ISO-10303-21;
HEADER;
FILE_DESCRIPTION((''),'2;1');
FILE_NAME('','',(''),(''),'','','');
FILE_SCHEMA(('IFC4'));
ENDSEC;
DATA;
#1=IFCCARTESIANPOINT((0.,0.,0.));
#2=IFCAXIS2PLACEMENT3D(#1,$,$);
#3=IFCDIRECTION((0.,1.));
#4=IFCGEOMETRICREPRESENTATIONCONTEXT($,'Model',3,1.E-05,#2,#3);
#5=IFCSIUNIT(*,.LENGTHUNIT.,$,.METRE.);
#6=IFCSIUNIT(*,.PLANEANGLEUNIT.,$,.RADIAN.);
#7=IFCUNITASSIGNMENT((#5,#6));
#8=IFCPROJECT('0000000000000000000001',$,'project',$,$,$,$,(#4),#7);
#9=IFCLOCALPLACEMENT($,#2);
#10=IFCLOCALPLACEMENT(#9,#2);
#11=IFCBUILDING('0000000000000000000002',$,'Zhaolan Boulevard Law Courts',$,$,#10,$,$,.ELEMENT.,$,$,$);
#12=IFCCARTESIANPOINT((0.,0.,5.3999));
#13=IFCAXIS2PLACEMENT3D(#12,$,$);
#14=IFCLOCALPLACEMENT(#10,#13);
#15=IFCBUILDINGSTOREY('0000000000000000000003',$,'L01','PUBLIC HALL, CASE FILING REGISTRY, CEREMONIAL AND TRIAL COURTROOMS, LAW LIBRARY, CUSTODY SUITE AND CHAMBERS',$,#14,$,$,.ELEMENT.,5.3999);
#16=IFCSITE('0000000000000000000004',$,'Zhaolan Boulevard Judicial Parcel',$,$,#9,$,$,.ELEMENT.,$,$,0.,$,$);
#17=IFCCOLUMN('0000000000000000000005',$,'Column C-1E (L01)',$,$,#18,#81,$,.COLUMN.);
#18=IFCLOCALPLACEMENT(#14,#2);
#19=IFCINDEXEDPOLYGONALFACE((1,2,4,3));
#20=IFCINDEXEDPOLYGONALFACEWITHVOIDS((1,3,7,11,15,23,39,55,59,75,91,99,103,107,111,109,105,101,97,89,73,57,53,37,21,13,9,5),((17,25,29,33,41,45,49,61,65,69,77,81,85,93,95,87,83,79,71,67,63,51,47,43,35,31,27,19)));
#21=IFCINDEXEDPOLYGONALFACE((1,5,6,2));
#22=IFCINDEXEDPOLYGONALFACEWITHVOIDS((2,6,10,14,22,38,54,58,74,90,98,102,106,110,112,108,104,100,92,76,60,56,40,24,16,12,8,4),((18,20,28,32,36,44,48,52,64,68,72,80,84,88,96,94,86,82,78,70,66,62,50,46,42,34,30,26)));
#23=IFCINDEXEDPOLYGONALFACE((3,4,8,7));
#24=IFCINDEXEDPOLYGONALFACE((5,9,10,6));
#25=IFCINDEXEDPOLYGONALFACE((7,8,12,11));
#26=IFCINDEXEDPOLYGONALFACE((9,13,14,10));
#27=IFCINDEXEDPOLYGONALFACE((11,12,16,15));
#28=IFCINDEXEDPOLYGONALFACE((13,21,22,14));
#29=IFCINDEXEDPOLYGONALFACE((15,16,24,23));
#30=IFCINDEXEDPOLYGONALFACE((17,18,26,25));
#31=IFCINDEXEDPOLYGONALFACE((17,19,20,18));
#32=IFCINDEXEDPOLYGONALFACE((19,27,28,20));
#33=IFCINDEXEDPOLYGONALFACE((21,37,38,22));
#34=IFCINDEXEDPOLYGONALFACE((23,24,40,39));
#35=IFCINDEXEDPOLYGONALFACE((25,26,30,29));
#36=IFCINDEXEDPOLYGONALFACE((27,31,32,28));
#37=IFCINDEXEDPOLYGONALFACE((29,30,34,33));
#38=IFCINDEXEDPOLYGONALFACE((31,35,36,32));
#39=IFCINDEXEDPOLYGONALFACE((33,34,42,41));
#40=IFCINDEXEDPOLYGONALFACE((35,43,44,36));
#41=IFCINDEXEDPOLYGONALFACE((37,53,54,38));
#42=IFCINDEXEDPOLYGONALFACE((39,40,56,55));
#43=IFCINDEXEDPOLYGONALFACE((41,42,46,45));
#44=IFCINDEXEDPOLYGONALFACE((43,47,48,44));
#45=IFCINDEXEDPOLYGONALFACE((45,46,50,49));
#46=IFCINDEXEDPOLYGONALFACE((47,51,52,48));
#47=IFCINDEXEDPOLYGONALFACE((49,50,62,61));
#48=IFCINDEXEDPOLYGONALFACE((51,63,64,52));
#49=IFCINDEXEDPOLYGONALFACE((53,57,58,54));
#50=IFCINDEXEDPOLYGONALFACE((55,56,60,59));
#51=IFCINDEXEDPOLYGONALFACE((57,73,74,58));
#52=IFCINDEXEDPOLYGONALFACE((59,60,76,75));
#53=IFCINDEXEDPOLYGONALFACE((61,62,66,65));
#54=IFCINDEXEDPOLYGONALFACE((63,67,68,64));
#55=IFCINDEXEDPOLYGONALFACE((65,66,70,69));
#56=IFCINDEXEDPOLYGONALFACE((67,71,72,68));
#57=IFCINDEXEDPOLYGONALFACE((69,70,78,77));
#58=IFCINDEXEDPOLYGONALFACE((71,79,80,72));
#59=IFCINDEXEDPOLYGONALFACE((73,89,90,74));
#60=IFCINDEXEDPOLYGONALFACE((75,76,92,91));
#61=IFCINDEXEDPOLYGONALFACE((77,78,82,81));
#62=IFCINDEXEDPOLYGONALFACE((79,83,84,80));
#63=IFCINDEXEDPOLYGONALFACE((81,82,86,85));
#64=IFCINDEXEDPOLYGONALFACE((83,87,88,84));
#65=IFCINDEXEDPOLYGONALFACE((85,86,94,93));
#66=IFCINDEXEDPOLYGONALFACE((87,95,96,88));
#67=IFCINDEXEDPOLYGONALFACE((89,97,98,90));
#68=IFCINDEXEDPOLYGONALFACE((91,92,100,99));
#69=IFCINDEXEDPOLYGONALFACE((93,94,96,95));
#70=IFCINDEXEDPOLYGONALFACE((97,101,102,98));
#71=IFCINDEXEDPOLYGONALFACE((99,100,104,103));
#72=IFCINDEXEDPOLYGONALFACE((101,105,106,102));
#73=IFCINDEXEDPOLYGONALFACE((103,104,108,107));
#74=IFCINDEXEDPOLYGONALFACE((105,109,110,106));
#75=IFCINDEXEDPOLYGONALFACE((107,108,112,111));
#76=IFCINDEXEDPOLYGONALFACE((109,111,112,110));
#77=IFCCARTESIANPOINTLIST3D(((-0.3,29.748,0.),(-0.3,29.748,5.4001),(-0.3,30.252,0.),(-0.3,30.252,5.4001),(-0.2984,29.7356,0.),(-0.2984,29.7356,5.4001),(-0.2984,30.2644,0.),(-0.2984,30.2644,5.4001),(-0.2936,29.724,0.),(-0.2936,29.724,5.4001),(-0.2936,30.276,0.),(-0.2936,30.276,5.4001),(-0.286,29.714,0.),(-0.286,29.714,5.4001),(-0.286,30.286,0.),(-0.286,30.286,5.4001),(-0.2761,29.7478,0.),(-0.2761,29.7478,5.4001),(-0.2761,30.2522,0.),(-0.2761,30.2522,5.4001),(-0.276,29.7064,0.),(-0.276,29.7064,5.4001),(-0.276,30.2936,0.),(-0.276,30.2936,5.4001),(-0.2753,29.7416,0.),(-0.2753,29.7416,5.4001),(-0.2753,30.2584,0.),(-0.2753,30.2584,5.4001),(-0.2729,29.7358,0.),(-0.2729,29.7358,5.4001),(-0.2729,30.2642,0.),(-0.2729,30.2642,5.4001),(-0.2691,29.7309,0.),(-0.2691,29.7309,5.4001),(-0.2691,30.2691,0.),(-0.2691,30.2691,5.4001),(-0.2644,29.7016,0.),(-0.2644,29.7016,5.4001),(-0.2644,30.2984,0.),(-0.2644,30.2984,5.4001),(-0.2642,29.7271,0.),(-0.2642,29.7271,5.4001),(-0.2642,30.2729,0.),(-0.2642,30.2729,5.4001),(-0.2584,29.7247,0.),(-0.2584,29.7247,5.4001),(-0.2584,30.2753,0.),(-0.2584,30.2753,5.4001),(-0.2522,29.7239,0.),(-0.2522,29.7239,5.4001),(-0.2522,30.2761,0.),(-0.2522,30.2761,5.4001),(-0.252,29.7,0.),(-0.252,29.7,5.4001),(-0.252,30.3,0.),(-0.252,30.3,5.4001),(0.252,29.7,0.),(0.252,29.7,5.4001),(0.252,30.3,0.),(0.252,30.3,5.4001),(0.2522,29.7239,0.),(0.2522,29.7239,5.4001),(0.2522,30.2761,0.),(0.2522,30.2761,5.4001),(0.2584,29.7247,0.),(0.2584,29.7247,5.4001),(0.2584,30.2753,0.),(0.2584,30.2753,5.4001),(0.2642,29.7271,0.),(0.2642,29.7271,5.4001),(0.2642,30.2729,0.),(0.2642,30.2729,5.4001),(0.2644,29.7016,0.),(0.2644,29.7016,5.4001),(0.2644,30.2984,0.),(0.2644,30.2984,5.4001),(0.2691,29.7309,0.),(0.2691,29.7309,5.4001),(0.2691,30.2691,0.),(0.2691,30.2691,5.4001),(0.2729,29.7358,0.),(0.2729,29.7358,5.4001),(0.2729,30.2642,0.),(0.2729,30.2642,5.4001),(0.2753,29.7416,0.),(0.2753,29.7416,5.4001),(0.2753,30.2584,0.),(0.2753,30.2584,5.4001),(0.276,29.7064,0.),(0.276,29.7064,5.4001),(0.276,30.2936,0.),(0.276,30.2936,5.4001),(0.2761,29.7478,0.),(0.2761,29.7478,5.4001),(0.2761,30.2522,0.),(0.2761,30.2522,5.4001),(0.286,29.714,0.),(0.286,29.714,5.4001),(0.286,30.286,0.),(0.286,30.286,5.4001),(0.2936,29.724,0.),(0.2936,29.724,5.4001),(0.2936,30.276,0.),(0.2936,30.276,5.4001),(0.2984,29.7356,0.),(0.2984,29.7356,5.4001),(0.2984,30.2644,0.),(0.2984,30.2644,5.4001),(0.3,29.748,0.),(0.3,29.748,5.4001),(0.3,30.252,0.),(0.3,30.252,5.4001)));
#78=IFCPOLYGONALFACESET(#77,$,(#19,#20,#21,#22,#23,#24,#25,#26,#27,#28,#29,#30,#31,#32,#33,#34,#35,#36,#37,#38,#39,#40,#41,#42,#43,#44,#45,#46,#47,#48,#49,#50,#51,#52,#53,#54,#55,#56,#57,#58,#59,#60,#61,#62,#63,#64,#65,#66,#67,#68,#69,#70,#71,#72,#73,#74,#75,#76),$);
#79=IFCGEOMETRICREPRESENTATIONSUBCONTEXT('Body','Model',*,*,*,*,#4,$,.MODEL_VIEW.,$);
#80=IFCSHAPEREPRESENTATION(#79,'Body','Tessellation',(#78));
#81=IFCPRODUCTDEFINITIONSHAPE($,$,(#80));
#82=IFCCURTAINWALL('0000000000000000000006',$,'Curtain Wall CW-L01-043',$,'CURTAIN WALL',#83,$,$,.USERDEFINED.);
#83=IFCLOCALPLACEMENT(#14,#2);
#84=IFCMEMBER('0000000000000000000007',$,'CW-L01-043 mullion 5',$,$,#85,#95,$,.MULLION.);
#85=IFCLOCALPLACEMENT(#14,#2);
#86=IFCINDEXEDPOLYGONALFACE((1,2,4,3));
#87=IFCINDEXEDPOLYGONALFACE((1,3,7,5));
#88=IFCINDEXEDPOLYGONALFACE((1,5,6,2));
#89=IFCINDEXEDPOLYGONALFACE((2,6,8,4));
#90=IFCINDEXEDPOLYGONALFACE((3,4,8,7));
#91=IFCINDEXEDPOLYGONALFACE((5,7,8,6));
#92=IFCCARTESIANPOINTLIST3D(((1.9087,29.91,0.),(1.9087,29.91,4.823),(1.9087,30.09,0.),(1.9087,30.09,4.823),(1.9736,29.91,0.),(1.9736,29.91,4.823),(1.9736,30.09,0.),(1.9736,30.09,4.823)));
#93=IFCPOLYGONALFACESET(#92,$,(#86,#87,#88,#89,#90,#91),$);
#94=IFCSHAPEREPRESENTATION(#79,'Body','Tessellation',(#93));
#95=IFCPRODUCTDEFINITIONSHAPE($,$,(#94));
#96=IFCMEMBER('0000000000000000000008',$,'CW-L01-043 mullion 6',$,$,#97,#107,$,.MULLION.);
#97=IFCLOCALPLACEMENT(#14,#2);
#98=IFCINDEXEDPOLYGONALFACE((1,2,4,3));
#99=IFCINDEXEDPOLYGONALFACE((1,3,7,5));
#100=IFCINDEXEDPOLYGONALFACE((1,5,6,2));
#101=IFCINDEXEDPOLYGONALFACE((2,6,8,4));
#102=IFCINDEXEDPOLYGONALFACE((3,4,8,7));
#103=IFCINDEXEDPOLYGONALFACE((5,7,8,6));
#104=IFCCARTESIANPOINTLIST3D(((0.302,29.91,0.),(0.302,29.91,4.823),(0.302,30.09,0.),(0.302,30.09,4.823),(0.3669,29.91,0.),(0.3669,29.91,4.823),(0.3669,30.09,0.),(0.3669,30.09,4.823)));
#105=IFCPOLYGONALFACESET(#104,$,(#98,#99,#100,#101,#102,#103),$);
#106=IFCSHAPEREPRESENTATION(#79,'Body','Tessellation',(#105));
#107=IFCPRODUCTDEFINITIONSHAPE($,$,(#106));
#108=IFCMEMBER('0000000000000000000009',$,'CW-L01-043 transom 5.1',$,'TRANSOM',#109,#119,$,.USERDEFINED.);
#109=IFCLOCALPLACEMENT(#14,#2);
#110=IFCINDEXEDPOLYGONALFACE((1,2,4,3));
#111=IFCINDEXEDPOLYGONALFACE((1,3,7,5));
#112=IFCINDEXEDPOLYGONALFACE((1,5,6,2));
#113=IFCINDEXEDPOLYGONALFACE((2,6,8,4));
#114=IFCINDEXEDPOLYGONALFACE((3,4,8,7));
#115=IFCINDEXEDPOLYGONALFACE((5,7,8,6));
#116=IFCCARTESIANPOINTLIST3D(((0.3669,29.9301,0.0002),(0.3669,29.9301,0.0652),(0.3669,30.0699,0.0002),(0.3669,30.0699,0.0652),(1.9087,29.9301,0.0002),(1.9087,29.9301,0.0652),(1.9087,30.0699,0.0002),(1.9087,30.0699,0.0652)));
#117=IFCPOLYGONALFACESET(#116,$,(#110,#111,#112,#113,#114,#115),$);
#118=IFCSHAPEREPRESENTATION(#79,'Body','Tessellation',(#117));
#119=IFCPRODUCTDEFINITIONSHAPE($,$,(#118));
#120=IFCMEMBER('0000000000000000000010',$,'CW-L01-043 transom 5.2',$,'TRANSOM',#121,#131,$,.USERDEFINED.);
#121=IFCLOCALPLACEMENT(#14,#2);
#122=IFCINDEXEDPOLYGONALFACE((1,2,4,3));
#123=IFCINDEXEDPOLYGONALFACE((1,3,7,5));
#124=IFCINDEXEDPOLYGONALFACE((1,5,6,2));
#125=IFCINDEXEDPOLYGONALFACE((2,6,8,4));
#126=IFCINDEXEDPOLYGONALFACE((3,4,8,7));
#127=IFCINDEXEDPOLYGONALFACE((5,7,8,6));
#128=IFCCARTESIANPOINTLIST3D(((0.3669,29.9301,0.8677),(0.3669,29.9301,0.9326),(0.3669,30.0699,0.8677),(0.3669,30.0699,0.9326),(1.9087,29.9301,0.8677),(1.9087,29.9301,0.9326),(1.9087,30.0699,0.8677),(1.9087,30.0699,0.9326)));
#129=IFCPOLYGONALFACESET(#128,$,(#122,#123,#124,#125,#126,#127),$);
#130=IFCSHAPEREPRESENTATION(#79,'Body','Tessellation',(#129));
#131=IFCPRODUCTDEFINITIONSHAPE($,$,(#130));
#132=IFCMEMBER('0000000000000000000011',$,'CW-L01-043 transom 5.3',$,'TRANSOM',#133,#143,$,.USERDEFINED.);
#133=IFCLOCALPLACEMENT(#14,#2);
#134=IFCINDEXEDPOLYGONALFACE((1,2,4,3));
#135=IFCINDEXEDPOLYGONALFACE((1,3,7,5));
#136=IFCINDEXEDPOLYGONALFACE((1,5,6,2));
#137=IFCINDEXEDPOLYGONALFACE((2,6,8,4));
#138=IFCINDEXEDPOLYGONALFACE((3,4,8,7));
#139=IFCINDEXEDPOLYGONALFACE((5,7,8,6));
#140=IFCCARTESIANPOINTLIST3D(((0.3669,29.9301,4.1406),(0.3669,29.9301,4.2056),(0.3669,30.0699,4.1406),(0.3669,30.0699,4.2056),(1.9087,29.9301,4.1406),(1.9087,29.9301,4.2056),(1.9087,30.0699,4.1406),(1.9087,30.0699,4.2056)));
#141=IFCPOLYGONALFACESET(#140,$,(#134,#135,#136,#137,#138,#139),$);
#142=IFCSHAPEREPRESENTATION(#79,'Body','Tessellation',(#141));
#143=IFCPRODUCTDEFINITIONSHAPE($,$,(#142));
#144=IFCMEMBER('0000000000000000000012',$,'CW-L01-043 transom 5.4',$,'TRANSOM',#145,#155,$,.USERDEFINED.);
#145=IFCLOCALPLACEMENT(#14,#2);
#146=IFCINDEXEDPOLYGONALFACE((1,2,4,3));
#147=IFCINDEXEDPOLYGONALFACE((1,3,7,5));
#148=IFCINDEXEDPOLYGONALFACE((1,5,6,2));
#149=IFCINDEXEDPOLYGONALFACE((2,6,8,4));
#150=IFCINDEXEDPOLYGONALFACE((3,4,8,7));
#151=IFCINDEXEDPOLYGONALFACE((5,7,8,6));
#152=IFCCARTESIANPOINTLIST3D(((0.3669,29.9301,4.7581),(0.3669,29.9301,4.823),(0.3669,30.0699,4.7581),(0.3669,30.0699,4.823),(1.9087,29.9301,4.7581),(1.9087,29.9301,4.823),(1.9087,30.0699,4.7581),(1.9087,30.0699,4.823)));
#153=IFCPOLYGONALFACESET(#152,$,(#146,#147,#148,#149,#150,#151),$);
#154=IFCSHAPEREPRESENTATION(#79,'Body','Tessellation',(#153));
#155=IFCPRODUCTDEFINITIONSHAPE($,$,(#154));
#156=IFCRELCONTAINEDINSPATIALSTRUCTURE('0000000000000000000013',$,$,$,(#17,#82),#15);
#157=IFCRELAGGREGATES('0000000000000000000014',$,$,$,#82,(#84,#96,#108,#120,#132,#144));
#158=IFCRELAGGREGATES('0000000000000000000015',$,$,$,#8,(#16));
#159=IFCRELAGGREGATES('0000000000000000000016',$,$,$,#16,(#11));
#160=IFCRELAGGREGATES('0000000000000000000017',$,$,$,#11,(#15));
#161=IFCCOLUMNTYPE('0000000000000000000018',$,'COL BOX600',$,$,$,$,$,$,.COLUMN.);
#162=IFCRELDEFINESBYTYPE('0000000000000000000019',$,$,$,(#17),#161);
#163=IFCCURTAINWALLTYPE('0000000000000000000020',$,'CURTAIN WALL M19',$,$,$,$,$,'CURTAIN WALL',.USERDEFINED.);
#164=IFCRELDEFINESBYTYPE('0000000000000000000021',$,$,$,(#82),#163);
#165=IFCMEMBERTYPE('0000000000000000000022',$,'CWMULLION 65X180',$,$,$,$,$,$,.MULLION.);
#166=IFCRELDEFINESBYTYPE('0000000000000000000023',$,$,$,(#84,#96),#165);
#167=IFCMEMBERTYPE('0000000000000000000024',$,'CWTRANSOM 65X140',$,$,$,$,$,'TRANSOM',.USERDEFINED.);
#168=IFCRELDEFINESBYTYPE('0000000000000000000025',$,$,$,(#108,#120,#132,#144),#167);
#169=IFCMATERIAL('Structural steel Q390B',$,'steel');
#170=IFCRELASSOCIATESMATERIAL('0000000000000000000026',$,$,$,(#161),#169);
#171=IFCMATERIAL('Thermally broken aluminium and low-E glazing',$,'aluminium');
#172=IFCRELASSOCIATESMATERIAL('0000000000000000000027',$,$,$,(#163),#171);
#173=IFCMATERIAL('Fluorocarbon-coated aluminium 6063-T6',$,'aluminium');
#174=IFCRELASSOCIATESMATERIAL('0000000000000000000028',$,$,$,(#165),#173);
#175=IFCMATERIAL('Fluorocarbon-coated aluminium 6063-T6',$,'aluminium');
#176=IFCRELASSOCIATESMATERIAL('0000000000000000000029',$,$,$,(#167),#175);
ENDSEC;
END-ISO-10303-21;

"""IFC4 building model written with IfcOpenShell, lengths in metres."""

from ifc_helpers import new_model, si_unit, direction, frame, origin, origin_2d, place, context, subcontext, project, spatial, rectangle, hollow_rectangle, extrude, material, material_profile, profile_set, type_object, element, aggregate, save


model = new_model("IFC4")

# Units and contexts
model_context = context("Model", 3, precision=1e-05, world=origin(), true_north=direction((0.0, 1.0)))
body_context = subcontext(model_context, "Body", "Model", "MODEL_VIEW")
ifc_project = project(units=[si_unit("LENGTHUNIT", "METRE"), si_unit("PLANEANGLEUNIT", "RADIAN")], contexts=[model_context])

# Site, building, storey
site_placement = place(None, origin())
site = spatial("IfcSite", under=ifc_project, at=site_placement, Name="Zhaolan Boulevard Judicial Parcel", CompositionType="ELEMENT", RefElevation=0.0)
building_placement = place(site_placement, origin())
building = spatial("IfcBuilding", under=site, at=building_placement, Name="Zhaolan Boulevard Law Courts", CompositionType="ELEMENT")
storey_placement = place(building_placement, frame((0.0, 0.0, 5.3999)))
storey = spatial("IfcBuildingStorey", under=building, at=storey_placement, Name="L01", Description="PUBLIC HALL, CASE FILING REGISTRY, CEREMONIAL AND TRIAL COURTROOMS, LAW LIBRARY, CUSTODY SUITE AND CHAMBERS", CompositionType="ELEMENT", Elevation=5.3999)

# Column
ifc_material_1 = material(Name="Structural steel Q390B", Category="steel")
ifc_material_profile_1 = material_profile(ifc_material_1, hollow_rectangle(XDim=0.6001, YDim=0.6001, WallThickness=0.0239, InnerFilletRadius=0.0239, OuterFilletRadius=0.0481, at=origin_2d()), Name="BOX600x600x24")
ifc_profile_set_1 = profile_set([ifc_material_profile_1], Name="Structural steel Q390B")
column_type = type_object("IfcColumnType", Name="COL BOX600", PredefinedType="COLUMN", material=ifc_profile_set_1)
column_placement = place(storey_placement, frame((0.0, 30.0, 0.0), z_axis=(0.0, 0.0, 1.0), x_axis=(1.0, 0.0, 0.0)))
element("IfcColumn", 1, at=column_placement, inside=storey, type_object=column_type, Name="Column C-1E (L01)", PredefinedType="COLUMN", context=body_context, shape_type="SweptSolid", body=[
    extrude(hollow_rectangle(XDim=0.6001, YDim=0.6001, WallThickness=0.0239, InnerFilletRadius=0.0239, OuterFilletRadius=0.0481, at=origin_2d()), origin(), (0.0, 0.0, 1.0), 5.4001),
])

# Curtain wall, members
ifc_material_2 = material(Name="Thermally broken aluminium and low-E glazing", Category="aluminium")
curtain_wall_type = type_object("IfcCurtainWallType", Name="CURTAIN WALL M19", ElementType="CURTAIN WALL", PredefinedType="USERDEFINED", material=ifc_material_2)
curtain_wall_placement = place(storey_placement, origin())
curtain_wall = element("IfcCurtainWall", 2, at=curtain_wall_placement, inside=storey, type_object=curtain_wall_type, Name="Curtain Wall CW-L01-043", ObjectType="CURTAIN WALL", PredefinedType="USERDEFINED")
ifc_material_3 = material(Name="Fluorocarbon-coated aluminium 6063-T6", Category="aluminium")
ifc_material_profile_2 = material_profile(ifc_material_3, rectangle(XDim=0.1799, YDim=0.0649, at=origin_2d()), Name="AL65x180")
ifc_profile_set_2 = profile_set([ifc_material_profile_2], Name="Fluorocarbon-coated aluminium 6063-T6")
member_type_1 = type_object("IfcMemberType", Name="CWMULLION 65X180", PredefinedType="MULLION", material=ifc_profile_set_2)
member_1_placement = place(storey_placement, frame((1.9412, 30.0, 0.0), z_axis=(0.0, 0.0, 1.0), x_axis=(0.0, -1.0, 0.0)))
member_1 = element("IfcMember", 3, at=member_1_placement, type_object=member_type_1, Name="CW-L01-043 mullion 5", PredefinedType="MULLION", context=body_context, shape_type="SweptSolid", body=[
    extrude(rectangle(XDim=0.1799, YDim=0.0649, at=origin_2d()), origin(), (0.0, 0.0, 1.0), 4.823),
])
member_2_placement = place(storey_placement, frame((0.3345, 30.0, 0.0), z_axis=(0.0, 0.0, 1.0), x_axis=(0.0, -1.0, 0.0)))
member_2 = element("IfcMember", 4, at=member_2_placement, type_object=member_type_1, Name="CW-L01-043 mullion 6", PredefinedType="MULLION", context=body_context, shape_type="SweptSolid", body=[
    extrude(rectangle(XDim=0.1799, YDim=0.0649, at=origin_2d()), origin(), (0.0, 0.0, 1.0), 4.823),
])
ifc_material_4 = material(Name="Fluorocarbon-coated aluminium 6063-T6", Category="aluminium")
ifc_material_profile_3 = material_profile(ifc_material_4, rectangle(XDim=0.1399, YDim=0.0649, at=origin_2d()), Name="AL65x140")
ifc_profile_set_3 = profile_set([ifc_material_profile_3], Name="Fluorocarbon-coated aluminium 6063-T6")
member_type_2 = type_object("IfcMemberType", Name="CWTRANSOM 65X140", ElementType="TRANSOM", PredefinedType="USERDEFINED", material=ifc_profile_set_3)
member_3_placement = place(storey_placement, frame((1.9087, 30.0, 0.0327), z_axis=(-1.0, 0.0, 0.0), x_axis=(0.0, -1.0, 0.0)))
member_3 = element("IfcMember", 5, at=member_3_placement, type_object=member_type_2, Name="CW-L01-043 transom 5.1", ObjectType="TRANSOM", PredefinedType="USERDEFINED", context=body_context, shape_type="SweptSolid", body=[
    extrude(rectangle(XDim=0.1399, YDim=0.0649, at=origin_2d()), origin(), (0.0, 0.0, 1.0), 1.5417),
])
member_4_placement = place(storey_placement, frame((1.9087, 30.0, 0.9001), z_axis=(-1.0, 0.0, 0.0), x_axis=(0.0, -1.0, 0.0)))
member_4 = element("IfcMember", 6, at=member_4_placement, type_object=member_type_2, Name="CW-L01-043 transom 5.2", ObjectType="TRANSOM", PredefinedType="USERDEFINED", context=body_context, shape_type="SweptSolid", body=[
    extrude(rectangle(XDim=0.1399, YDim=0.0649, at=origin_2d()), origin(), (0.0, 0.0, 1.0), 1.5417),
])
member_5_placement = place(storey_placement, frame((1.9087, 30.0, 4.1731), z_axis=(-1.0, 0.0, 0.0), x_axis=(0.0, -1.0, 0.0)))
member_5 = element("IfcMember", 7, at=member_5_placement, type_object=member_type_2, Name="CW-L01-043 transom 5.3", ObjectType="TRANSOM", PredefinedType="USERDEFINED", context=body_context, shape_type="SweptSolid", body=[
    extrude(rectangle(XDim=0.1399, YDim=0.0649, at=origin_2d()), origin(), (0.0, 0.0, 1.0), 1.5417),
])
member_6_placement = place(storey_placement, frame((1.9087, 30.0, 4.7905), z_axis=(-1.0, 0.0, 0.0), x_axis=(0.0, -1.0, 0.0)))
member_6 = element("IfcMember", 8, at=member_6_placement, type_object=member_type_2, Name="CW-L01-043 transom 5.4", ObjectType="TRANSOM", PredefinedType="USERDEFINED", context=body_context, shape_type="SweptSolid", body=[
    extrude(rectangle(XDim=0.1399, YDim=0.0649, at=origin_2d()), origin(), (0.0, 0.0, 1.0), 1.5417),
])

aggregate(curtain_wall, [member_1, member_2, member_3, member_4, member_5, member_6])

save(model, "model.ifc")
